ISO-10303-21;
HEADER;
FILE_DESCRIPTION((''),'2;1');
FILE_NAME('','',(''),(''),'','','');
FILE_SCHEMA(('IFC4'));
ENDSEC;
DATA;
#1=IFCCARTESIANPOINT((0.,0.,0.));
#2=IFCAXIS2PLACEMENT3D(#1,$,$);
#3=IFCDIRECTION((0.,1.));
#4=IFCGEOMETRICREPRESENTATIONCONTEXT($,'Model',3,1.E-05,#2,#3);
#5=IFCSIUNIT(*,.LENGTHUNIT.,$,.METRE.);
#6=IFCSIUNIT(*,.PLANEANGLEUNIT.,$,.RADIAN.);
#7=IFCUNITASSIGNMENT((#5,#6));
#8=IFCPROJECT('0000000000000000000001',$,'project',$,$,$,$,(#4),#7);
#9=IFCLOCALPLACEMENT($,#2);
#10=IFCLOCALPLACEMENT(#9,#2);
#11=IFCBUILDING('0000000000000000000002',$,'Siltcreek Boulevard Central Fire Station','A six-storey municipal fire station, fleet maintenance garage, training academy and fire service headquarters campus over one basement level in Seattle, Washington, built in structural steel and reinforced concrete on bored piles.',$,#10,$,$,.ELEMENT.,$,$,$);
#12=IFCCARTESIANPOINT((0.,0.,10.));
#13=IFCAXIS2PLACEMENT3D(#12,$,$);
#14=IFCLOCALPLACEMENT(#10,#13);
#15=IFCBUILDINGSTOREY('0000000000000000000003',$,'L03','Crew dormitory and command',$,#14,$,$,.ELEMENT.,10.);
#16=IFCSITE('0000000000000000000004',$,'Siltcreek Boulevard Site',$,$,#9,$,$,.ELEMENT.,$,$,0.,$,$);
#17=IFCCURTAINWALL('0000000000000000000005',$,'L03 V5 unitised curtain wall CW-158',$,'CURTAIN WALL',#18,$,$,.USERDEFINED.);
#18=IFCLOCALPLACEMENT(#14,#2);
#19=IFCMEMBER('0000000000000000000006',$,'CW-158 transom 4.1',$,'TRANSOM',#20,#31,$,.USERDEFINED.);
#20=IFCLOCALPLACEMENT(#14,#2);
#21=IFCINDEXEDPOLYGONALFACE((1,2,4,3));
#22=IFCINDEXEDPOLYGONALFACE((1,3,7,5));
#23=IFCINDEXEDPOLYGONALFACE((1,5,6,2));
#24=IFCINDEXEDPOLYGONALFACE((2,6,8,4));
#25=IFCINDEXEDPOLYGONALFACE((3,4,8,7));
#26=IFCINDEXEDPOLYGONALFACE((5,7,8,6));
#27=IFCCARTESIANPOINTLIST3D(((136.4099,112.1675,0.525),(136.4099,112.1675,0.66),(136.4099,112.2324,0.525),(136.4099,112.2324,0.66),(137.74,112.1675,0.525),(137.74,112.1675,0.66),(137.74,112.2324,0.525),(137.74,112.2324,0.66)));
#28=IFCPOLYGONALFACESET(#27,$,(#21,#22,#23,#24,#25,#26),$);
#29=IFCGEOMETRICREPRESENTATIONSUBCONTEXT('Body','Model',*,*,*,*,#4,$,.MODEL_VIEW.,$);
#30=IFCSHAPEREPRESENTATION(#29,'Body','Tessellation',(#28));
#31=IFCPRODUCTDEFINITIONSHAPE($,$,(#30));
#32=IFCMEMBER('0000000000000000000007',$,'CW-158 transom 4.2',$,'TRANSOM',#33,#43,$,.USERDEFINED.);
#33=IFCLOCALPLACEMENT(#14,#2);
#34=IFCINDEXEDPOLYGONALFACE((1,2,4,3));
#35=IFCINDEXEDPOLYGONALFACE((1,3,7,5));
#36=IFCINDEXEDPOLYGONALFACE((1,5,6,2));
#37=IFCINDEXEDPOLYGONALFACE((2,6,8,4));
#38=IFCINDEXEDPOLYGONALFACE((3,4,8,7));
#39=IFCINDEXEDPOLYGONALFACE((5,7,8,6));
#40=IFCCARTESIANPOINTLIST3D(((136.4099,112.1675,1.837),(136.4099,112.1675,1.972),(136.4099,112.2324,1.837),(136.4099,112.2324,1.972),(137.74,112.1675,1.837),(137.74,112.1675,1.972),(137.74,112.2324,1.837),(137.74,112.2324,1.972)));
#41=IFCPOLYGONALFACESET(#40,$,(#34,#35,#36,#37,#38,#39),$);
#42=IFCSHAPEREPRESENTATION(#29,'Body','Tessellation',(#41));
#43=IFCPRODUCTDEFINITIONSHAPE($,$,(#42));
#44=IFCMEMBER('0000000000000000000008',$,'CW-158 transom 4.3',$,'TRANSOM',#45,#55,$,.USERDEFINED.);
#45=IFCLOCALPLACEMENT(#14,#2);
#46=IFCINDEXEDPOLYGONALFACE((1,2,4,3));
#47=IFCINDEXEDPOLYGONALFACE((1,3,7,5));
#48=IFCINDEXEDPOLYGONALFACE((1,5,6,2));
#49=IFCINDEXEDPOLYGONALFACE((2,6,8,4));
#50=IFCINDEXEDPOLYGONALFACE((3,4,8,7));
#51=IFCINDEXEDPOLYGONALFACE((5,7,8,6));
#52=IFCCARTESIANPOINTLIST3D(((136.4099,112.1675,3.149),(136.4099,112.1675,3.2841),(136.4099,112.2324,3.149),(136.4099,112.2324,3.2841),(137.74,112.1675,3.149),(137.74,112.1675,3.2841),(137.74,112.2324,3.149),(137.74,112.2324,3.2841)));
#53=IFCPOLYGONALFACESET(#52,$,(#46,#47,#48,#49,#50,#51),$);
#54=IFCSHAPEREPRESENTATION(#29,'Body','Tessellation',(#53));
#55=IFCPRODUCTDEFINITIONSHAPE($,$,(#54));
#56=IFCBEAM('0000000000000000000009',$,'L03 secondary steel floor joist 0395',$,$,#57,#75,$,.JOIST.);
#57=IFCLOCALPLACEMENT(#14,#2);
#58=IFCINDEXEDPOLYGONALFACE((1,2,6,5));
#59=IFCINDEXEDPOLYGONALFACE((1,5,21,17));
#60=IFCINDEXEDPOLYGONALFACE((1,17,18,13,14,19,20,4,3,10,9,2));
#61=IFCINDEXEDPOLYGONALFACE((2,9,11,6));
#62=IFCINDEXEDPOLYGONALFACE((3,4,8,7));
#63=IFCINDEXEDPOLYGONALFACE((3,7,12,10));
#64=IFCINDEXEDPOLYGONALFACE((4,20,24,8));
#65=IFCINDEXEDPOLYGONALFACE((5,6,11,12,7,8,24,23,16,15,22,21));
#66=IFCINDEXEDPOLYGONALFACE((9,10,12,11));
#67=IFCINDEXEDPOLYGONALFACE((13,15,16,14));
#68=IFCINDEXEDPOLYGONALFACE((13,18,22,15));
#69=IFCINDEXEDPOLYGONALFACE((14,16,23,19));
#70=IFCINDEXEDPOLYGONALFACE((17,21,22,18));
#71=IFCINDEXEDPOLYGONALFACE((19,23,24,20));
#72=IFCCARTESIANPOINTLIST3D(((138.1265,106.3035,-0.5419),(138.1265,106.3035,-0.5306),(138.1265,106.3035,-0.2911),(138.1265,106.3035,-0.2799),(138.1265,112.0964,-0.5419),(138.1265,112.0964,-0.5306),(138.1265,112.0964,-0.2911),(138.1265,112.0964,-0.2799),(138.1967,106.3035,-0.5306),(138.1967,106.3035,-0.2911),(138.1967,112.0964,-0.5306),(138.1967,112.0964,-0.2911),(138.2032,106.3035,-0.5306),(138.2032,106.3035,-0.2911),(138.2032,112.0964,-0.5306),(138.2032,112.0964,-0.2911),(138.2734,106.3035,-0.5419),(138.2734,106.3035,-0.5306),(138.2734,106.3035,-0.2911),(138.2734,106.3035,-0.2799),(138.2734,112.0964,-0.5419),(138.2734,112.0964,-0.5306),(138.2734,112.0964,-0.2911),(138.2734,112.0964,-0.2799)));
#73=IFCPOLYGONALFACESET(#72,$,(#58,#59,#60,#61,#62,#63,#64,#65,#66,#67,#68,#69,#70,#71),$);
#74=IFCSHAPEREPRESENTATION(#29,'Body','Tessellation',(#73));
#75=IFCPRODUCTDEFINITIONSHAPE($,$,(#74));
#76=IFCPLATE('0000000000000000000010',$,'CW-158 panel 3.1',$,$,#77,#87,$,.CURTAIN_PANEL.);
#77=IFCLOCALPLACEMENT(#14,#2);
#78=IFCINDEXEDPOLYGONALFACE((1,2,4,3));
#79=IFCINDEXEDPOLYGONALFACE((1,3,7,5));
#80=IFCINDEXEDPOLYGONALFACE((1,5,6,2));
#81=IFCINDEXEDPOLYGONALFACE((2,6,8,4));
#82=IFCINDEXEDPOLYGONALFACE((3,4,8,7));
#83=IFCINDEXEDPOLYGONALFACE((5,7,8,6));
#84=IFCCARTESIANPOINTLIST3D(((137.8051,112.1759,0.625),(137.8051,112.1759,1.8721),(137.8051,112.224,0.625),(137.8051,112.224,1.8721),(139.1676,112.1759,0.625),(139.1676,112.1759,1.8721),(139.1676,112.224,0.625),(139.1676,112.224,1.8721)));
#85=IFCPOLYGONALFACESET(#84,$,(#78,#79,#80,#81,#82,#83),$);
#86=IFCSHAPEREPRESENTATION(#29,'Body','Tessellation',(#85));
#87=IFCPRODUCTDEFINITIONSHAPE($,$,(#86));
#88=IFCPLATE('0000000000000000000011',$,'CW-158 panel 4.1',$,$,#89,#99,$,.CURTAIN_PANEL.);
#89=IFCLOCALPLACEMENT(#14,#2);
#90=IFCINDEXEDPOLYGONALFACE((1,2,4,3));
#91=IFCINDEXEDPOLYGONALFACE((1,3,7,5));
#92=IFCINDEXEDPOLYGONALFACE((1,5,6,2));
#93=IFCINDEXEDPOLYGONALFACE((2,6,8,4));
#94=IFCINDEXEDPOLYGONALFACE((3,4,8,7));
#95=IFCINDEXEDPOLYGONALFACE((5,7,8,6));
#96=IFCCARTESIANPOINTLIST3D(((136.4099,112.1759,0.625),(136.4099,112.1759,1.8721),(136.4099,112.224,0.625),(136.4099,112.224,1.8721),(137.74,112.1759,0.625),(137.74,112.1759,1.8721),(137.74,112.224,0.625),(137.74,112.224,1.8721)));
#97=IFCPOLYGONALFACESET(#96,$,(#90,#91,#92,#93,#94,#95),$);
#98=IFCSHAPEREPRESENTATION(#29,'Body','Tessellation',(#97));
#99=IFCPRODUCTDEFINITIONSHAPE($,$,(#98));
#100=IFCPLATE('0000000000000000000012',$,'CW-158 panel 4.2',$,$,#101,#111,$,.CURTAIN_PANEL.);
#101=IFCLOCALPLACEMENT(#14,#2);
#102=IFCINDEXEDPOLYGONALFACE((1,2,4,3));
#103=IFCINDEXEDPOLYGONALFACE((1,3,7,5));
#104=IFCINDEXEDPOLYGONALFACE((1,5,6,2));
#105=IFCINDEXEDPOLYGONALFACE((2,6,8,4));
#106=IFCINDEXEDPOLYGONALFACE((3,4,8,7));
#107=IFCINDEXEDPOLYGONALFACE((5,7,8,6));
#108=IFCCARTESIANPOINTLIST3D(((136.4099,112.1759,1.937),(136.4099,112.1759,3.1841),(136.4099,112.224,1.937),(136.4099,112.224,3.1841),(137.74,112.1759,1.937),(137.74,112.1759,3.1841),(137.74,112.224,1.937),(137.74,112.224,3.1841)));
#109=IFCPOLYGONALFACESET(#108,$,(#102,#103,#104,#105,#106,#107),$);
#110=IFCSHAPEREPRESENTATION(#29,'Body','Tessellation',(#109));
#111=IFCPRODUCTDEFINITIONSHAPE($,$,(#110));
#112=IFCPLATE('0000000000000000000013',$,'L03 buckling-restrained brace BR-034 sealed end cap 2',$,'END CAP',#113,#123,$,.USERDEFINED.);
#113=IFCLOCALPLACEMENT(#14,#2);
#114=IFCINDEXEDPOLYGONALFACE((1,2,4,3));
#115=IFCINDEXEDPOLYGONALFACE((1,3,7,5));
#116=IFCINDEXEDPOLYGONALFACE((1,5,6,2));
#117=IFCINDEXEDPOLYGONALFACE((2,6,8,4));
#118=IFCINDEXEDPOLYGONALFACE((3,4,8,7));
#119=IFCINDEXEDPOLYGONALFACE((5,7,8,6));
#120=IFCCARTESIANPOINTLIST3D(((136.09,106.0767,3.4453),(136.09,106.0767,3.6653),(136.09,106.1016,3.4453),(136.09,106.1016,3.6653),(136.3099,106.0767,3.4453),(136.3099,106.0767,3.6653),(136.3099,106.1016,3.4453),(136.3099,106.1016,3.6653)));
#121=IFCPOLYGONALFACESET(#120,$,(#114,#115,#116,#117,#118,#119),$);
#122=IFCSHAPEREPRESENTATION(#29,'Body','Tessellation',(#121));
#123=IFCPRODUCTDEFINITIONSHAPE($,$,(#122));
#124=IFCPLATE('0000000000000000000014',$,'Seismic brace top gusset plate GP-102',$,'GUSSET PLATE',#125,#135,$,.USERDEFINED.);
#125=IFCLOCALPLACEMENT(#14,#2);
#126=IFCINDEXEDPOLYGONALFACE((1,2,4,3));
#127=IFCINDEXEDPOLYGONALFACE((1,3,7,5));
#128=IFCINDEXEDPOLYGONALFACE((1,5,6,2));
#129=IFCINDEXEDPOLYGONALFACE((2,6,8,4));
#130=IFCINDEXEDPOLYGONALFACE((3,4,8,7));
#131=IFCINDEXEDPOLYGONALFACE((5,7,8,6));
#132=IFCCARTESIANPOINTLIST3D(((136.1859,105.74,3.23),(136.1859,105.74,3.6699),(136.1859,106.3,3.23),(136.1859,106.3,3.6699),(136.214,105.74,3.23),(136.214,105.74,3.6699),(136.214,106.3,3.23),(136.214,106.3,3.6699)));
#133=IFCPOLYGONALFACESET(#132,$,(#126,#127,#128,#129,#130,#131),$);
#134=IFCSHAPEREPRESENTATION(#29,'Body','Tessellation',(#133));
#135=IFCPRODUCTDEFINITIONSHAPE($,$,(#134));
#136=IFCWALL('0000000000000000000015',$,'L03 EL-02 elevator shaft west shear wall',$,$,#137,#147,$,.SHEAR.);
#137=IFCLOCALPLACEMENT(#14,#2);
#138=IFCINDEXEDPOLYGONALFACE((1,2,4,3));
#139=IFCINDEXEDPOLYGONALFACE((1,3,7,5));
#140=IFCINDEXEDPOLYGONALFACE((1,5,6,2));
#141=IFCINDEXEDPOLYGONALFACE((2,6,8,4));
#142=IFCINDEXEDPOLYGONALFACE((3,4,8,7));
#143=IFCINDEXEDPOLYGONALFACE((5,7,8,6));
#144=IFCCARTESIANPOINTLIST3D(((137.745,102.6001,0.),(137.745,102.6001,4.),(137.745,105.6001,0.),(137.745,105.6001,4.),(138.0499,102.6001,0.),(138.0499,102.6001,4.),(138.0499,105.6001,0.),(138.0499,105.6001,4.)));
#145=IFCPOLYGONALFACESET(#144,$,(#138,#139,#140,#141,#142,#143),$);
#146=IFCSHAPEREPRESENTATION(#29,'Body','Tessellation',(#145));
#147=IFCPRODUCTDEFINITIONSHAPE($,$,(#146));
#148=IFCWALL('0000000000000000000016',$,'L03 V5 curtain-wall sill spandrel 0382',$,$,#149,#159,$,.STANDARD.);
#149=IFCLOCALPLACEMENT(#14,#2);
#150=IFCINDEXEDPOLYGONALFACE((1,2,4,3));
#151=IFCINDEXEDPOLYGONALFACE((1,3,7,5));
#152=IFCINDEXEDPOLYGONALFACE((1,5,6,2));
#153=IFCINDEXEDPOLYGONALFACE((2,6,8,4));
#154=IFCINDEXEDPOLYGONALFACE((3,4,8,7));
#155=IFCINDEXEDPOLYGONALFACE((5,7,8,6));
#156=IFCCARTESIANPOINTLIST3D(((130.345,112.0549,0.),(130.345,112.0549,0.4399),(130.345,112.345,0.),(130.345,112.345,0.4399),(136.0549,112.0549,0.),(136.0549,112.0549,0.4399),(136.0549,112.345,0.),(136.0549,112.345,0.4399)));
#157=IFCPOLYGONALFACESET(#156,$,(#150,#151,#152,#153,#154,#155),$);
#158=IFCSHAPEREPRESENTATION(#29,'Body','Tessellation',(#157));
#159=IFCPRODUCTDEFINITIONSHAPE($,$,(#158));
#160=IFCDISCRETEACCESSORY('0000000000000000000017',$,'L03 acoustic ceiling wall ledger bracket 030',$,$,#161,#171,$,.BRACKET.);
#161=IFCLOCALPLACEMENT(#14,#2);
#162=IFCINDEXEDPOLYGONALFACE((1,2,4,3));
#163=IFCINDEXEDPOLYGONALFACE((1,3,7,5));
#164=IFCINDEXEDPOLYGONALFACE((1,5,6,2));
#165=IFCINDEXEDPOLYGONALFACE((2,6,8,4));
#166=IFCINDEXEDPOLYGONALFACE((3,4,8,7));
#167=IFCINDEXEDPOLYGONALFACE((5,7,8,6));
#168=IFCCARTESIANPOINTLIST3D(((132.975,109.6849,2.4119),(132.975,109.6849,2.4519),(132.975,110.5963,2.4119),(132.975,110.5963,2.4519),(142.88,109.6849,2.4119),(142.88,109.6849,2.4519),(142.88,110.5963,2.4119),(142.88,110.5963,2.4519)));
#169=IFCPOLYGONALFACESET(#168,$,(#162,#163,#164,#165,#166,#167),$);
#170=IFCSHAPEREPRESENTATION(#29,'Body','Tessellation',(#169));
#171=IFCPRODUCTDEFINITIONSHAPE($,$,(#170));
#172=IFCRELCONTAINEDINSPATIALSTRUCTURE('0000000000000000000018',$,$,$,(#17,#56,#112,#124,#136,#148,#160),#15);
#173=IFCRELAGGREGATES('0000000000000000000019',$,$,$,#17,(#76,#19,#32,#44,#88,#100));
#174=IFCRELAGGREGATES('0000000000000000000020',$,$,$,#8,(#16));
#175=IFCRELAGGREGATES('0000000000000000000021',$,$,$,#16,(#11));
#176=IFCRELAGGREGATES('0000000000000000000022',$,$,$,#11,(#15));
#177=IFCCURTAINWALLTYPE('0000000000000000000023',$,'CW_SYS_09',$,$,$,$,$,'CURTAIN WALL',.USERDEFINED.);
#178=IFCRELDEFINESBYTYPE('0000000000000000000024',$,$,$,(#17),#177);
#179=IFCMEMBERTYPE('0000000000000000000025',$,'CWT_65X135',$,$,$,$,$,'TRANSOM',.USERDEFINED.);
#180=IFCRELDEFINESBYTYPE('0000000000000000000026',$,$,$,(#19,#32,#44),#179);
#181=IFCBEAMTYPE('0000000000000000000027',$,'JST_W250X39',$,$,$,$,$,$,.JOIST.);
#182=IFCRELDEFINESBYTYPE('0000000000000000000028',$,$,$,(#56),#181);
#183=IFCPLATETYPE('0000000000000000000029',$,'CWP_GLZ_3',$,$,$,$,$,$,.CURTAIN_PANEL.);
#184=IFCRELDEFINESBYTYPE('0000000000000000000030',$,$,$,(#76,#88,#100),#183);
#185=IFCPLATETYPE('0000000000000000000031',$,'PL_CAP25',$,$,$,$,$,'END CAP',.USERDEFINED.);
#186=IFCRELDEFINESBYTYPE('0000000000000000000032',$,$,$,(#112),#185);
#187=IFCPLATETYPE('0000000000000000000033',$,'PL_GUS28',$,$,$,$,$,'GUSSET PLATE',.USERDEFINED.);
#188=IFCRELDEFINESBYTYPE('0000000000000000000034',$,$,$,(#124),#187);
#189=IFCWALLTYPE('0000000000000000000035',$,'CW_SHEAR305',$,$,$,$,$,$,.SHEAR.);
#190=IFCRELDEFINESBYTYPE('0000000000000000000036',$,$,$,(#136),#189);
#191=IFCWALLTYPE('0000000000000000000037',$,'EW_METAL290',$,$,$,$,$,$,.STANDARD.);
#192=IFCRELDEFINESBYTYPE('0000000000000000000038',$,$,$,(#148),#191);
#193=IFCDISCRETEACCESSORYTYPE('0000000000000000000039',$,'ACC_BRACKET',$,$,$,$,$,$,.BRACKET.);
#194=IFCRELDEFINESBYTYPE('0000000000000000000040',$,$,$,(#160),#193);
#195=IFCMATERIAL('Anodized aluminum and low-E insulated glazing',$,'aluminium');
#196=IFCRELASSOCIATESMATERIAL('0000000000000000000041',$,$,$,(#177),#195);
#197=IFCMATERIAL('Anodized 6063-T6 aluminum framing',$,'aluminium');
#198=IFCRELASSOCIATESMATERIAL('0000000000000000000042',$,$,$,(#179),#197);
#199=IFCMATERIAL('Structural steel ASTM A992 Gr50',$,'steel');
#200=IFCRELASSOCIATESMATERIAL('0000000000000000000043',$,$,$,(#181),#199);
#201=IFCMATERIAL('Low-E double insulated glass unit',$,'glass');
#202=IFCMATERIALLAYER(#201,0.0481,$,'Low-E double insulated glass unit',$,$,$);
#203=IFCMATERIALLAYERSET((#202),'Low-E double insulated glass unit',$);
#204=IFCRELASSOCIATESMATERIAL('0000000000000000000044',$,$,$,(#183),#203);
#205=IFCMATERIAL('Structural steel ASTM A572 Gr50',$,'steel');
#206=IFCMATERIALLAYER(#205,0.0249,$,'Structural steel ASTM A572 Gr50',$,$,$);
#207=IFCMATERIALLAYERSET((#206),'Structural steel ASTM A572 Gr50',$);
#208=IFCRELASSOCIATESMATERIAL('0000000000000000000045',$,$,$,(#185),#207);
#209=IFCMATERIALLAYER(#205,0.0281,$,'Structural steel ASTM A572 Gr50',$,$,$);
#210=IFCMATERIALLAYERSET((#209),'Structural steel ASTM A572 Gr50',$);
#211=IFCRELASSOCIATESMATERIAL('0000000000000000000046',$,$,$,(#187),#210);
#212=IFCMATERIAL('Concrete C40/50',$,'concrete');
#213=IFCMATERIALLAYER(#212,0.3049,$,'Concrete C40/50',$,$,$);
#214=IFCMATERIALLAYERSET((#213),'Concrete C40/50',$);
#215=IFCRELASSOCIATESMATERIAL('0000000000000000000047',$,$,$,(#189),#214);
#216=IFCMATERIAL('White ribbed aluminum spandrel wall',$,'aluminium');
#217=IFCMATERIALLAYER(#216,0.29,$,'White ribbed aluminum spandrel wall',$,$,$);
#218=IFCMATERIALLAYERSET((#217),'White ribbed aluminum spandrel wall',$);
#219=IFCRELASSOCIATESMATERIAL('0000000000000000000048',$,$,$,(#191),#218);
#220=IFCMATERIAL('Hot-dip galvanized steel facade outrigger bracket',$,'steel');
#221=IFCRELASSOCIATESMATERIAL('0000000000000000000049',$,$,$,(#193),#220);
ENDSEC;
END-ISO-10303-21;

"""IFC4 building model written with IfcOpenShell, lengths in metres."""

from ifc_helpers import new_model, si_unit, direction, frame, frame_2d, origin, origin_2d, place, context, subcontext, project, spatial, rectangle, i_section, extrude, material, layer, layer_set, material_profile, profile_set, type_object, element, aggregate, save


model = new_model("IFC4")

# Units and contexts
model_context = context("Model", 3, precision=1e-05, world=origin(), true_north=direction((0.0, 1.0)))
body_context = subcontext(model_context, "Body", "Model", "MODEL_VIEW")
ifc_project = project(units=[si_unit("LENGTHUNIT", "METRE"), si_unit("PLANEANGLEUNIT", "RADIAN")], contexts=[model_context])

# Site, building, storey
site_placement = place(None, origin())
site = spatial("IfcSite", under=ifc_project, at=site_placement, Name="Siltcreek Boulevard Site", CompositionType="ELEMENT", RefElevation=0.0)
building_placement = place(site_placement, origin())
building = spatial("IfcBuilding", under=site, at=building_placement, Name="Siltcreek Boulevard Central Fire Station", Description="A six-storey municipal fire station, fleet maintenance garage, training academy and fire service headquarters campus over one basement level in Seattle, Washington, built in structural steel and reinforced concrete on bored piles.", CompositionType="ELEMENT")
storey_placement = place(building_placement, frame((0.0, 0.0, 10.0)))
storey = spatial("IfcBuildingStorey", under=building, at=storey_placement, Name="L03", Description="Crew dormitory and command", CompositionType="ELEMENT", Elevation=10.0)

# Shared definitions
ifc_material_1 = material(Name="Structural steel ASTM A992 Gr50", Category="steel")

# Shared definitions
ifc_material_2 = material(Name="Anodized aluminum and low-E insulated glazing", Category="aluminium")
ifc_material_3 = material(Name="Anodized 6063-T6 aluminum framing", Category="aluminium")

# Curtain wall
curtain_wall_type_1 = type_object("IfcCurtainWallType", Name="CW_SYS_09", ElementType="CURTAIN WALL", PredefinedType="USERDEFINED", material=ifc_material_2)
curtain_wall_1_placement = place(storey_placement, origin())
curtain_wall_1 = element("IfcCurtainWall", 1, at=curtain_wall_1_placement, inside=storey, type_object=curtain_wall_type_1, Name="L03 V5 unitised curtain wall CW-158", ObjectType="CURTAIN WALL", PredefinedType="USERDEFINED")

# Members
ifc_material_profile_1 = material_profile(ifc_material_3, rectangle(XDim=0.0649, YDim=0.135, at=origin_2d()), Name="TRAN65X135")
ifc_profile_set_1 = profile_set([ifc_material_profile_1], Name="Anodized 6063-T6 aluminum framing")
member_type_1 = type_object("IfcMemberType", Name="CWT_65X135", ElementType="TRANSOM", PredefinedType="USERDEFINED", material=ifc_profile_set_1)
member_1_placement = place(storey_placement, frame((137.74, 112.2, 0.5925), z_axis=(-1.0, 0.0, 0.0), x_axis=(0.0, -1.0, 0.0)))
member_1 = element("IfcMember", 2, at=member_1_placement, type_object=member_type_1, Name="CW-158 transom 4.1", ObjectType="TRANSOM", PredefinedType="USERDEFINED", context=body_context, shape_type="SweptSolid", body=[
    extrude(rectangle(XDim=0.0649, YDim=0.135, at=origin_2d()), origin(), (0.0, 0.0, 1.0), 1.3301),
])
member_2_placement = place(storey_placement, frame((137.74, 112.2, 1.9045), z_axis=(-1.0, 0.0, 0.0), x_axis=(0.0, -1.0, 0.0)))
member_2 = element("IfcMember", 3, at=member_2_placement, type_object=member_type_1, Name="CW-158 transom 4.2", ObjectType="TRANSOM", PredefinedType="USERDEFINED", context=body_context, shape_type="SweptSolid", body=[
    extrude(rectangle(XDim=0.0649, YDim=0.135, at=origin_2d()), origin(), (0.0, 0.0, 1.0), 1.3301),
])
member_3_placement = place(storey_placement, frame((137.74, 112.2, 3.2166), z_axis=(-1.0, 0.0, 0.0), x_axis=(0.0, -1.0, 0.0)))
member_3 = element("IfcMember", 4, at=member_3_placement, type_object=member_type_1, Name="CW-158 transom 4.3", ObjectType="TRANSOM", PredefinedType="USERDEFINED", context=body_context, shape_type="SweptSolid", body=[
    extrude(rectangle(XDim=0.0649, YDim=0.135, at=origin_2d()), origin(), (0.0, 0.0, 1.0), 1.3301),
])

# Beam
ifc_material_profile_2 = material_profile(ifc_material_1, i_section(OverallWidth=0.147, OverallDepth=0.262, WebThickness=0.0066, FlangeThickness=0.0112, at=origin_2d()), Name="W250X39")
ifc_profile_set_2 = profile_set([ifc_material_profile_2], Name="Structural steel ASTM A992 Gr50")
beam_type_1 = type_object("IfcBeamType", Name="JST_W250X39", PredefinedType="JOIST", material=ifc_profile_set_2)
beam_1_placement = place(storey_placement, frame((138.2, 106.3035, -0.4109), z_axis=(0.0, 1.0, 0.0), x_axis=(-1.0, 0.0, 0.0)))
element("IfcBeam", 5, at=beam_1_placement, inside=storey, type_object=beam_type_1, Name="L03 secondary steel floor joist 0395", PredefinedType="JOIST", context=body_context, shape_type="SweptSolid", body=[
    extrude(i_section(OverallWidth=0.147, OverallDepth=0.262, WebThickness=0.0066, FlangeThickness=0.0112, at=origin_2d()), origin(), (0.0, 0.0, 1.0), 5.793),
])

# Plates
ifc_material_4 = material(Name="Low-E double insulated glass unit", Category="glass")
ifc_layer_1 = layer(ifc_material_4, 0.0481, Name="Low-E double insulated glass unit")
ifc_layer_set_1 = layer_set([ifc_layer_1], Name="Low-E double insulated glass unit")
plate_type_1 = type_object("IfcPlateType", Name="CWP_GLZ_3", PredefinedType="CURTAIN_PANEL", material=ifc_layer_set_1)
plate_1_placement = place(storey_placement, frame((138.4863, 112.2, 0.625), z_axis=(0.0, 0.0, 1.0), x_axis=(-1.0, 0.0, 0.0)))
plate_1 = element("IfcPlate", 6, at=plate_1_placement, type_object=plate_type_1, Name="CW-158 panel 3.1", PredefinedType="CURTAIN_PANEL", context=body_context, shape_type="SweptSolid", body=[
    extrude(rectangle(XDim=1.3625, YDim=0.0481, at=origin_2d()), origin(), (0.0, 0.0, 1.0), 1.2471),
])
plate_2_placement = place(storey_placement, frame((137.075, 112.2, 0.625), z_axis=(0.0, 0.0, 1.0), x_axis=(-1.0, 0.0, 0.0)))
plate_2 = element("IfcPlate", 7, at=plate_2_placement, type_object=plate_type_1, Name="CW-158 panel 4.1", PredefinedType="CURTAIN_PANEL", context=body_context, shape_type="SweptSolid", body=[
    extrude(rectangle(XDim=1.3301, YDim=0.0481, at=origin_2d()), origin(), (0.0, 0.0, 1.0), 1.2471),
])
plate_3_placement = place(storey_placement, frame((137.075, 112.2, 1.937), z_axis=(0.0, 0.0, 1.0), x_axis=(-1.0, 0.0, 0.0)))
plate_3 = element("IfcPlate", 8, at=plate_3_placement, type_object=plate_type_1, Name="CW-158 panel 4.2", PredefinedType="CURTAIN_PANEL", context=body_context, shape_type="SweptSolid", body=[
    extrude(rectangle(XDim=1.3301, YDim=0.0481, at=origin_2d()), origin(), (0.0, 0.0, 1.0), 1.2471),
])
aggregate(curtain_wall_1, [plate_1, member_1, member_2, member_3, plate_2, plate_3])

# Plates
ifc_material_5 = material(Name="Structural steel ASTM A572 Gr50", Category="steel")
ifc_layer_2 = layer(ifc_material_5, 0.0249, Name="Structural steel ASTM A572 Gr50")
ifc_layer_set_2 = layer_set([ifc_layer_2], Name="Structural steel ASTM A572 Gr50")
plate_type_2 = type_object("IfcPlateType", Name="PL_CAP25", ElementType="END CAP", PredefinedType="USERDEFINED", material=ifc_layer_set_2)
plate_4_placement = place(storey_placement, frame((136.2, 106.0891, 3.4453), z_axis=(0.0, 0.0, 1.0), x_axis=(0.0, 1.0, 0.0)))
element("IfcPlate", 9, at=plate_4_placement, inside=storey, type_object=plate_type_2, Name="L03 buckling-restrained brace BR-034 sealed end cap 2", ObjectType="END CAP", PredefinedType="USERDEFINED", context=body_context, shape_type="SweptSolid", body=[
    extrude(rectangle(XDim=0.0249, YDim=0.22, at=origin_2d()), origin(), (0.0, 0.0, 1.0), 0.22),
])
ifc_layer_3 = layer(ifc_material_5, 0.0281, Name="Structural steel ASTM A572 Gr50")
ifc_layer_set_3 = layer_set([ifc_layer_3], Name="Structural steel ASTM A572 Gr50")
plate_type_3 = type_object("IfcPlateType", Name="PL_GUS28", ElementType="GUSSET PLATE", PredefinedType="USERDEFINED", material=ifc_layer_set_3)
plate_5_placement = place(storey_placement, frame((136.2, 106.02, 3.23), z_axis=(0.0, 0.0, 1.0), x_axis=(0.0, 1.0, 0.0)))
element("IfcPlate", 10, at=plate_5_placement, inside=storey, type_object=plate_type_3, Name="Seismic brace top gusset plate GP-102", ObjectType="GUSSET PLATE", PredefinedType="USERDEFINED", context=body_context, shape_type="SweptSolid", body=[
    extrude(rectangle(XDim=0.5601, YDim=0.0281, at=origin_2d()), origin(), (0.0, 0.0, 1.0), 0.4399),
])

# Walls
ifc_material_6 = material(Name="Concrete C40/50", Category="concrete")
ifc_layer_4 = layer(ifc_material_6, 0.3049, Name="Concrete C40/50")
ifc_layer_set_4 = layer_set([ifc_layer_4], Name="Concrete C40/50")
wall_type_1 = type_object("IfcWallType", Name="CW_SHEAR305", PredefinedType="SHEAR", material=ifc_layer_set_4)
wall_1_placement = place(storey_placement, frame((137.8975, 105.6001, 0.0), z_axis=(0.0, 0.0, 1.0), x_axis=(0.0, -1.0, 0.0)))
element("IfcWall", 11, at=wall_1_placement, inside=storey, type_object=wall_type_1, Name="L03 EL-02 elevator shaft west shear wall", PredefinedType="SHEAR", context=body_context, shape_type="SweptSolid", body=[
    extrude(rectangle(XDim=3.0, YDim=0.3049, at=frame_2d((1.5, 0.0))), origin(), (0.0, 0.0, 1.0), 4.0),
])
ifc_material_7 = material(Name="White ribbed aluminum spandrel wall", Category="aluminium")
ifc_layer_5 = layer(ifc_material_7, 0.29, Name="White ribbed aluminum spandrel wall")
ifc_layer_set_5 = layer_set([ifc_layer_5], Name="White ribbed aluminum spandrel wall")
wall_type_2 = type_object("IfcWallType", Name="EW_METAL290", PredefinedType="STANDARD", material=ifc_layer_set_5)
wall_2_placement = place(storey_placement, frame((136.0549, 112.2, 0.0), z_axis=(0.0, 0.0, 1.0), x_axis=(-1.0, 0.0, 0.0)))
element("IfcWall", 12, at=wall_2_placement, inside=storey, type_object=wall_type_2, Name="L03 V5 curtain-wall sill spandrel 0382", PredefinedType="STANDARD", context=body_context, shape_type="SweptSolid", body=[
    extrude(rectangle(XDim=5.71, YDim=0.29, at=frame_2d((2.855, 0.0))), origin(), (0.0, 0.0, 1.0), 0.4399),
])

# Discrete accessory
ifc_material_8 = material(Name="Hot-dip galvanized steel facade outrigger bracket", Category="steel")
discrete_accessory_type = type_object("IfcDiscreteAccessoryType", Name="ACC_BRACKET", PredefinedType="BRACKET", material=ifc_material_8)
discrete_accessory_placement = place(storey_placement, frame((137.9275, 110.1406, 2.4119), z_axis=(0.0, 0.0, 1.0), x_axis=(1.0, 0.0, 0.0)))
element("IfcDiscreteAccessory", 13, at=discrete_accessory_placement, inside=storey, type_object=discrete_accessory_type, Name="L03 acoustic ceiling wall ledger bracket 030", PredefinedType="BRACKET", context=body_context, shape_type="SweptSolid", body=[
    extrude(rectangle(XDim=9.905, YDim=0.9114, at=origin_2d()), origin(), (0.0, 0.0, 1.0), 0.04),
])

save(model, "model.ifc")
